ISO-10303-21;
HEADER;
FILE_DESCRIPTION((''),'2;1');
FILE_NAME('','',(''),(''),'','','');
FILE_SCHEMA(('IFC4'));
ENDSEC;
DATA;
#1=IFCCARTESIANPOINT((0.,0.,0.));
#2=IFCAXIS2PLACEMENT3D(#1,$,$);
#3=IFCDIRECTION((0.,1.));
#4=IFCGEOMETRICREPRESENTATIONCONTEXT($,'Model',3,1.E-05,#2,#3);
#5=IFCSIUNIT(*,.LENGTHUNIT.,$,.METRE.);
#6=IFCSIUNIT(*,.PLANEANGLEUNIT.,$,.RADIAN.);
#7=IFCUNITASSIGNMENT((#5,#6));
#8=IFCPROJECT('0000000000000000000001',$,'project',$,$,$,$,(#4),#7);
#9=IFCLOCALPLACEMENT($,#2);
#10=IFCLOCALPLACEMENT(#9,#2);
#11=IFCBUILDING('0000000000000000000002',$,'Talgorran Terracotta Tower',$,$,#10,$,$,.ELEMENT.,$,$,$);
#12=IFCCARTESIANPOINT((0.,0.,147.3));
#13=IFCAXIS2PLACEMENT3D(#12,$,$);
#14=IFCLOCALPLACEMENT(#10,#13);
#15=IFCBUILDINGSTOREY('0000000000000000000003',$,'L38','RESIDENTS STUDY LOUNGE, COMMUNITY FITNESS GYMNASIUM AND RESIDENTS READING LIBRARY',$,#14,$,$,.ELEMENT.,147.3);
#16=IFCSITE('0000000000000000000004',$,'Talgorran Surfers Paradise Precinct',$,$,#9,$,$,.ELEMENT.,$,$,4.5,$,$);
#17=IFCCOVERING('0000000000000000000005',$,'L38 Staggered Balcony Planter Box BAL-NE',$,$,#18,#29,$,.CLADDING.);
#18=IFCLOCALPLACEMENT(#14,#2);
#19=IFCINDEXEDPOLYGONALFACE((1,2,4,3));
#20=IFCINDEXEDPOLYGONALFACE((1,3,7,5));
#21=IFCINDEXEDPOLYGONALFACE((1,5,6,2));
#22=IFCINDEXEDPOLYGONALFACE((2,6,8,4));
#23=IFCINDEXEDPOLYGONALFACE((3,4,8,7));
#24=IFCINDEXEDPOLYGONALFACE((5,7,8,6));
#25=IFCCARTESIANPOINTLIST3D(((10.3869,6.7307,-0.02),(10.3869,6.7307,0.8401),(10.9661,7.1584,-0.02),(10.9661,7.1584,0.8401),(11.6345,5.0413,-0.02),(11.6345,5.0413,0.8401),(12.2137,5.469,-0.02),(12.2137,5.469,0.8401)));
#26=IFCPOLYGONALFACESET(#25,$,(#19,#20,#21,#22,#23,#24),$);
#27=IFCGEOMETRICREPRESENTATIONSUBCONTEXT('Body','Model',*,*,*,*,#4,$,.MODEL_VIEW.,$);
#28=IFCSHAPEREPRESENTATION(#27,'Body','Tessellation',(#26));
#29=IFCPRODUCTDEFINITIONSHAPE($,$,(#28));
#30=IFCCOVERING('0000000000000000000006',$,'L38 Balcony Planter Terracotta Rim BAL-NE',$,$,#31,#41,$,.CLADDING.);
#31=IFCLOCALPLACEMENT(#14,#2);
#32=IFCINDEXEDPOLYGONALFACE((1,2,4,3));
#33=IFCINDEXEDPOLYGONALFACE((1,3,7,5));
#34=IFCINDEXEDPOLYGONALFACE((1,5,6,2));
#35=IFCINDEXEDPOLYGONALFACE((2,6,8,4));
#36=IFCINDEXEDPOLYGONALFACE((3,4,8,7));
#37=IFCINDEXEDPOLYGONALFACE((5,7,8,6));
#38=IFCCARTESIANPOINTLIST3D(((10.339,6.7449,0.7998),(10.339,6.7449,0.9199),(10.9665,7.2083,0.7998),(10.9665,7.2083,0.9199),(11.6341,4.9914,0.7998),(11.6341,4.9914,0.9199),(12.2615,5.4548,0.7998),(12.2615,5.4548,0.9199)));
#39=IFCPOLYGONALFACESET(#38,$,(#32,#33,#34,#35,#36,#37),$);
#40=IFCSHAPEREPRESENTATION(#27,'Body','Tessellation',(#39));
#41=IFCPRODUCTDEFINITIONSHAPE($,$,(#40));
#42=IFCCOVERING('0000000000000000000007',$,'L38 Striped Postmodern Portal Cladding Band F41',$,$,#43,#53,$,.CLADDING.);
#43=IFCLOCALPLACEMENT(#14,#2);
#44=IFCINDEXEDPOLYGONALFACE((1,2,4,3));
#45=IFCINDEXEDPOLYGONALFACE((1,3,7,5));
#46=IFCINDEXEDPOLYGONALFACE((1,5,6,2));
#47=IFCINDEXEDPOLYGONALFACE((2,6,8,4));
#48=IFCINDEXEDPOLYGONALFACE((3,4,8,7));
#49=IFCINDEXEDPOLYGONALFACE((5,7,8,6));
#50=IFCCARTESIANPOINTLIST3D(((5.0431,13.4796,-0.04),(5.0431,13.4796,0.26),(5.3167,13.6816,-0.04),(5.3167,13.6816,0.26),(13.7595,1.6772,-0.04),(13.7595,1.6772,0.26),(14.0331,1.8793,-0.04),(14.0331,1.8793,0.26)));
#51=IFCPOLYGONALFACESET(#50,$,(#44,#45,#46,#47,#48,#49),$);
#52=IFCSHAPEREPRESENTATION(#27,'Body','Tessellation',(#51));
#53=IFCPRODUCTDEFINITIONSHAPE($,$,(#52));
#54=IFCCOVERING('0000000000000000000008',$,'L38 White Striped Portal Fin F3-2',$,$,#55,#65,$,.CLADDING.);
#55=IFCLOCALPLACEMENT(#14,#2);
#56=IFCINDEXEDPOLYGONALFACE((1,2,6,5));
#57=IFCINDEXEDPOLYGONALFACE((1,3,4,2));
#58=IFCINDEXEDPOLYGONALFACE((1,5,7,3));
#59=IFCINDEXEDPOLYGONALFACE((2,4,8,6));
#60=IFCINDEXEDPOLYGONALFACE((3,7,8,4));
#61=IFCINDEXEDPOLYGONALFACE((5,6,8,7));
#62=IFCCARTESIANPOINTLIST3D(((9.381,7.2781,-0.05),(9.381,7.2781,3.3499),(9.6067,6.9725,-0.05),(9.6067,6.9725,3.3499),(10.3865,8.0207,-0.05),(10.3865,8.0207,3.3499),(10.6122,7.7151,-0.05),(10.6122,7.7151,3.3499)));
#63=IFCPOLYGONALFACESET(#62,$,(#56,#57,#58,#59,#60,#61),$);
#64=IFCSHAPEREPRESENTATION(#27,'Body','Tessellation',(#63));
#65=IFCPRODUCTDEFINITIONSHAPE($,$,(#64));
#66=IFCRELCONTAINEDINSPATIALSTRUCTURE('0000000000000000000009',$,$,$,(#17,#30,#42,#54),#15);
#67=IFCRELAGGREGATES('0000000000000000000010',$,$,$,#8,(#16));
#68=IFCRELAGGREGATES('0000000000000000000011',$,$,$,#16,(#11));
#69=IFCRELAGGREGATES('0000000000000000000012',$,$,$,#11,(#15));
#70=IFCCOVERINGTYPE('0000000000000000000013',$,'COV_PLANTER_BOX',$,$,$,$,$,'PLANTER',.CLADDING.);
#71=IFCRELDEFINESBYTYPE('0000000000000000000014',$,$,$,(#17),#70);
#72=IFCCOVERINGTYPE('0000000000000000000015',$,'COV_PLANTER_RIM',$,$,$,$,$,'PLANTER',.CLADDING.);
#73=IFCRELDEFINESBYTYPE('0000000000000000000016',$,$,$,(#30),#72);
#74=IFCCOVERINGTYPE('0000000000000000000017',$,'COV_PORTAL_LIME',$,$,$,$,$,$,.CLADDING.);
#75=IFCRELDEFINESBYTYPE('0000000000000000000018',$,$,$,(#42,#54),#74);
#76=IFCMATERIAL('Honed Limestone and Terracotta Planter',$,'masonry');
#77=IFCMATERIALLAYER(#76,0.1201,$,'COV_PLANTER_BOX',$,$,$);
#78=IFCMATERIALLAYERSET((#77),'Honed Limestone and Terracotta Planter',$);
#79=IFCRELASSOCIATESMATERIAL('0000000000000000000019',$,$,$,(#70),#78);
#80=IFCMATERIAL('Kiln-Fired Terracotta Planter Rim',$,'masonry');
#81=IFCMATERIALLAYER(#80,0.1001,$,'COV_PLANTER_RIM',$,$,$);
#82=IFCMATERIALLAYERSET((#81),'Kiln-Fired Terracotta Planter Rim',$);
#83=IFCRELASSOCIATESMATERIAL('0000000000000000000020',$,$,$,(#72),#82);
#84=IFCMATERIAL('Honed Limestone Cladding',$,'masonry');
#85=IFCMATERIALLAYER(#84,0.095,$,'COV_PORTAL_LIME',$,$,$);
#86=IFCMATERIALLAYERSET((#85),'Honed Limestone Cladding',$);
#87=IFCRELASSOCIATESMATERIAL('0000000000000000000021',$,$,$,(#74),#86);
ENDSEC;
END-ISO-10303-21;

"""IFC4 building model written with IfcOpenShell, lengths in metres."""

from ifc_helpers import new_model, si_unit, direction, frame, origin, origin_2d, place, context, subcontext, project, spatial, rectangle, extrude, material, layer, layer_set, type_object, element, save


model = new_model("IFC4")

# Units and contexts
model_context = context("Model", 3, precision=1e-05, world=origin(), true_north=direction((0.0, 1.0)))
body_context = subcontext(model_context, "Body", "Model", "MODEL_VIEW")
ifc_project = project(units=[si_unit("LENGTHUNIT", "METRE"), si_unit("PLANEANGLEUNIT", "RADIAN")], contexts=[model_context])

# Site, building, storey
site_placement = place(None, origin())
site = spatial("IfcSite", under=ifc_project, at=site_placement, Name="Talgorran Surfers Paradise Precinct", CompositionType="ELEMENT", RefElevation=4.5)
building_placement = place(site_placement, origin())
building = spatial("IfcBuilding", under=site, at=building_placement, Name="Talgorran Terracotta Tower", CompositionType="ELEMENT")
storey_placement = place(building_placement, frame((0.0, 0.0, 147.3)))
storey = spatial("IfcBuildingStorey", under=building, at=storey_placement, Name="L38", Description="RESIDENTS STUDY LOUNGE, COMMUNITY FITNESS GYMNASIUM AND RESIDENTS READING LIBRARY", CompositionType="ELEMENT", Elevation=147.3)

# Coverings
ifc_material_1 = material(Name="Honed Limestone and Terracotta Planter", Category="masonry")
ifc_layer_1 = layer(ifc_material_1, 0.1201, Name="COV_PLANTER_BOX")
ifc_layer_set_1 = layer_set([ifc_layer_1], Name="Honed Limestone and Terracotta Planter")
covering_type_1 = type_object("IfcCoveringType", Name="COV_PLANTER_BOX", ElementType="PLANTER", PredefinedType="CLADDING", material=ifc_layer_set_1)
covering_1_placement = place(storey_placement, frame((11.3003, 6.0999, -0.02), z_axis=(0.0, 0.0, 1.0), x_axis=(-0.594079, 0.804407, 0.0)))
element("IfcCovering", 1, at=covering_1_placement, inside=storey, type_object=covering_type_1, Name="L38 Staggered Balcony Planter Box BAL-NE", PredefinedType="CLADDING", context=body_context, shape_type="SweptSolid", body=[
    extrude(rectangle(XDim=2.1001, YDim=0.72, at=origin_2d()), origin(), (0.0, 0.0, 1.0), 0.8601),
])
ifc_material_2 = material(Name="Kiln-Fired Terracotta Planter Rim", Category="masonry")
ifc_layer_2 = layer(ifc_material_2, 0.1001, Name="COV_PLANTER_RIM")
ifc_layer_set_2 = layer_set([ifc_layer_2], Name="Kiln-Fired Terracotta Planter Rim")
covering_type_2 = type_object("IfcCoveringType", Name="COV_PLANTER_RIM", ElementType="PLANTER", PredefinedType="CLADDING", material=ifc_layer_set_2)
covering_2_placement = place(storey_placement, frame((11.3003, 6.0999, 0.7998), z_axis=(0.0, 0.0, 1.0), x_axis=(-0.594079, 0.804407, 0.0)))
element("IfcCovering", 2, at=covering_2_placement, inside=storey, type_object=covering_type_2, Name="L38 Balcony Planter Terracotta Rim BAL-NE", PredefinedType="CLADDING", context=body_context, shape_type="SweptSolid", body=[
    extrude(rectangle(XDim=2.1799, YDim=0.78, at=origin_2d()), origin(), (0.0, 0.0, 1.0), 0.1201),
])
ifc_material_3 = material(Name="Honed Limestone Cladding", Category="masonry")
ifc_layer_3 = layer(ifc_material_3, 0.095, Name="COV_PORTAL_LIME")
ifc_layer_set_3 = layer_set([ifc_layer_3], Name="Honed Limestone Cladding")
covering_type_3 = type_object("IfcCoveringType", Name="COV_PORTAL_LIME", PredefinedType="CLADDING", material=ifc_layer_set_3)
covering_3_placement = place(storey_placement, frame((9.5381, 7.6794, -0.04), z_axis=(0.0, 0.0, 1.0), x_axis=(-0.594079, 0.804407, 0.0)))
element("IfcCovering", 3, at=covering_3_placement, inside=storey, type_object=covering_type_3, Name="L38 Striped Postmodern Portal Cladding Band F41", PredefinedType="CLADDING", context=body_context, shape_type="SweptSolid", body=[
    extrude(rectangle(XDim=14.6721, YDim=0.3401, at=origin_2d()), origin(), (0.0, 0.0, 1.0), 0.3),
])
covering_4_placement = place(storey_placement, frame((9.9966, 7.4966, -0.05), z_axis=(0.0, 0.0, 1.0), x_axis=(-0.594079, 0.804407, 0.0)))
element("IfcCovering", 4, at=covering_4_placement, inside=storey, type_object=covering_type_3, Name="L38 White Striped Portal Fin F3-2", PredefinedType="CLADDING", context=body_context, shape_type="SweptSolid", body=[
    extrude(rectangle(XDim=0.3799, YDim=1.25, at=origin_2d()), origin(), (0.0, 0.0, 1.0), 3.3999),
])

save(model, "model.ifc")
